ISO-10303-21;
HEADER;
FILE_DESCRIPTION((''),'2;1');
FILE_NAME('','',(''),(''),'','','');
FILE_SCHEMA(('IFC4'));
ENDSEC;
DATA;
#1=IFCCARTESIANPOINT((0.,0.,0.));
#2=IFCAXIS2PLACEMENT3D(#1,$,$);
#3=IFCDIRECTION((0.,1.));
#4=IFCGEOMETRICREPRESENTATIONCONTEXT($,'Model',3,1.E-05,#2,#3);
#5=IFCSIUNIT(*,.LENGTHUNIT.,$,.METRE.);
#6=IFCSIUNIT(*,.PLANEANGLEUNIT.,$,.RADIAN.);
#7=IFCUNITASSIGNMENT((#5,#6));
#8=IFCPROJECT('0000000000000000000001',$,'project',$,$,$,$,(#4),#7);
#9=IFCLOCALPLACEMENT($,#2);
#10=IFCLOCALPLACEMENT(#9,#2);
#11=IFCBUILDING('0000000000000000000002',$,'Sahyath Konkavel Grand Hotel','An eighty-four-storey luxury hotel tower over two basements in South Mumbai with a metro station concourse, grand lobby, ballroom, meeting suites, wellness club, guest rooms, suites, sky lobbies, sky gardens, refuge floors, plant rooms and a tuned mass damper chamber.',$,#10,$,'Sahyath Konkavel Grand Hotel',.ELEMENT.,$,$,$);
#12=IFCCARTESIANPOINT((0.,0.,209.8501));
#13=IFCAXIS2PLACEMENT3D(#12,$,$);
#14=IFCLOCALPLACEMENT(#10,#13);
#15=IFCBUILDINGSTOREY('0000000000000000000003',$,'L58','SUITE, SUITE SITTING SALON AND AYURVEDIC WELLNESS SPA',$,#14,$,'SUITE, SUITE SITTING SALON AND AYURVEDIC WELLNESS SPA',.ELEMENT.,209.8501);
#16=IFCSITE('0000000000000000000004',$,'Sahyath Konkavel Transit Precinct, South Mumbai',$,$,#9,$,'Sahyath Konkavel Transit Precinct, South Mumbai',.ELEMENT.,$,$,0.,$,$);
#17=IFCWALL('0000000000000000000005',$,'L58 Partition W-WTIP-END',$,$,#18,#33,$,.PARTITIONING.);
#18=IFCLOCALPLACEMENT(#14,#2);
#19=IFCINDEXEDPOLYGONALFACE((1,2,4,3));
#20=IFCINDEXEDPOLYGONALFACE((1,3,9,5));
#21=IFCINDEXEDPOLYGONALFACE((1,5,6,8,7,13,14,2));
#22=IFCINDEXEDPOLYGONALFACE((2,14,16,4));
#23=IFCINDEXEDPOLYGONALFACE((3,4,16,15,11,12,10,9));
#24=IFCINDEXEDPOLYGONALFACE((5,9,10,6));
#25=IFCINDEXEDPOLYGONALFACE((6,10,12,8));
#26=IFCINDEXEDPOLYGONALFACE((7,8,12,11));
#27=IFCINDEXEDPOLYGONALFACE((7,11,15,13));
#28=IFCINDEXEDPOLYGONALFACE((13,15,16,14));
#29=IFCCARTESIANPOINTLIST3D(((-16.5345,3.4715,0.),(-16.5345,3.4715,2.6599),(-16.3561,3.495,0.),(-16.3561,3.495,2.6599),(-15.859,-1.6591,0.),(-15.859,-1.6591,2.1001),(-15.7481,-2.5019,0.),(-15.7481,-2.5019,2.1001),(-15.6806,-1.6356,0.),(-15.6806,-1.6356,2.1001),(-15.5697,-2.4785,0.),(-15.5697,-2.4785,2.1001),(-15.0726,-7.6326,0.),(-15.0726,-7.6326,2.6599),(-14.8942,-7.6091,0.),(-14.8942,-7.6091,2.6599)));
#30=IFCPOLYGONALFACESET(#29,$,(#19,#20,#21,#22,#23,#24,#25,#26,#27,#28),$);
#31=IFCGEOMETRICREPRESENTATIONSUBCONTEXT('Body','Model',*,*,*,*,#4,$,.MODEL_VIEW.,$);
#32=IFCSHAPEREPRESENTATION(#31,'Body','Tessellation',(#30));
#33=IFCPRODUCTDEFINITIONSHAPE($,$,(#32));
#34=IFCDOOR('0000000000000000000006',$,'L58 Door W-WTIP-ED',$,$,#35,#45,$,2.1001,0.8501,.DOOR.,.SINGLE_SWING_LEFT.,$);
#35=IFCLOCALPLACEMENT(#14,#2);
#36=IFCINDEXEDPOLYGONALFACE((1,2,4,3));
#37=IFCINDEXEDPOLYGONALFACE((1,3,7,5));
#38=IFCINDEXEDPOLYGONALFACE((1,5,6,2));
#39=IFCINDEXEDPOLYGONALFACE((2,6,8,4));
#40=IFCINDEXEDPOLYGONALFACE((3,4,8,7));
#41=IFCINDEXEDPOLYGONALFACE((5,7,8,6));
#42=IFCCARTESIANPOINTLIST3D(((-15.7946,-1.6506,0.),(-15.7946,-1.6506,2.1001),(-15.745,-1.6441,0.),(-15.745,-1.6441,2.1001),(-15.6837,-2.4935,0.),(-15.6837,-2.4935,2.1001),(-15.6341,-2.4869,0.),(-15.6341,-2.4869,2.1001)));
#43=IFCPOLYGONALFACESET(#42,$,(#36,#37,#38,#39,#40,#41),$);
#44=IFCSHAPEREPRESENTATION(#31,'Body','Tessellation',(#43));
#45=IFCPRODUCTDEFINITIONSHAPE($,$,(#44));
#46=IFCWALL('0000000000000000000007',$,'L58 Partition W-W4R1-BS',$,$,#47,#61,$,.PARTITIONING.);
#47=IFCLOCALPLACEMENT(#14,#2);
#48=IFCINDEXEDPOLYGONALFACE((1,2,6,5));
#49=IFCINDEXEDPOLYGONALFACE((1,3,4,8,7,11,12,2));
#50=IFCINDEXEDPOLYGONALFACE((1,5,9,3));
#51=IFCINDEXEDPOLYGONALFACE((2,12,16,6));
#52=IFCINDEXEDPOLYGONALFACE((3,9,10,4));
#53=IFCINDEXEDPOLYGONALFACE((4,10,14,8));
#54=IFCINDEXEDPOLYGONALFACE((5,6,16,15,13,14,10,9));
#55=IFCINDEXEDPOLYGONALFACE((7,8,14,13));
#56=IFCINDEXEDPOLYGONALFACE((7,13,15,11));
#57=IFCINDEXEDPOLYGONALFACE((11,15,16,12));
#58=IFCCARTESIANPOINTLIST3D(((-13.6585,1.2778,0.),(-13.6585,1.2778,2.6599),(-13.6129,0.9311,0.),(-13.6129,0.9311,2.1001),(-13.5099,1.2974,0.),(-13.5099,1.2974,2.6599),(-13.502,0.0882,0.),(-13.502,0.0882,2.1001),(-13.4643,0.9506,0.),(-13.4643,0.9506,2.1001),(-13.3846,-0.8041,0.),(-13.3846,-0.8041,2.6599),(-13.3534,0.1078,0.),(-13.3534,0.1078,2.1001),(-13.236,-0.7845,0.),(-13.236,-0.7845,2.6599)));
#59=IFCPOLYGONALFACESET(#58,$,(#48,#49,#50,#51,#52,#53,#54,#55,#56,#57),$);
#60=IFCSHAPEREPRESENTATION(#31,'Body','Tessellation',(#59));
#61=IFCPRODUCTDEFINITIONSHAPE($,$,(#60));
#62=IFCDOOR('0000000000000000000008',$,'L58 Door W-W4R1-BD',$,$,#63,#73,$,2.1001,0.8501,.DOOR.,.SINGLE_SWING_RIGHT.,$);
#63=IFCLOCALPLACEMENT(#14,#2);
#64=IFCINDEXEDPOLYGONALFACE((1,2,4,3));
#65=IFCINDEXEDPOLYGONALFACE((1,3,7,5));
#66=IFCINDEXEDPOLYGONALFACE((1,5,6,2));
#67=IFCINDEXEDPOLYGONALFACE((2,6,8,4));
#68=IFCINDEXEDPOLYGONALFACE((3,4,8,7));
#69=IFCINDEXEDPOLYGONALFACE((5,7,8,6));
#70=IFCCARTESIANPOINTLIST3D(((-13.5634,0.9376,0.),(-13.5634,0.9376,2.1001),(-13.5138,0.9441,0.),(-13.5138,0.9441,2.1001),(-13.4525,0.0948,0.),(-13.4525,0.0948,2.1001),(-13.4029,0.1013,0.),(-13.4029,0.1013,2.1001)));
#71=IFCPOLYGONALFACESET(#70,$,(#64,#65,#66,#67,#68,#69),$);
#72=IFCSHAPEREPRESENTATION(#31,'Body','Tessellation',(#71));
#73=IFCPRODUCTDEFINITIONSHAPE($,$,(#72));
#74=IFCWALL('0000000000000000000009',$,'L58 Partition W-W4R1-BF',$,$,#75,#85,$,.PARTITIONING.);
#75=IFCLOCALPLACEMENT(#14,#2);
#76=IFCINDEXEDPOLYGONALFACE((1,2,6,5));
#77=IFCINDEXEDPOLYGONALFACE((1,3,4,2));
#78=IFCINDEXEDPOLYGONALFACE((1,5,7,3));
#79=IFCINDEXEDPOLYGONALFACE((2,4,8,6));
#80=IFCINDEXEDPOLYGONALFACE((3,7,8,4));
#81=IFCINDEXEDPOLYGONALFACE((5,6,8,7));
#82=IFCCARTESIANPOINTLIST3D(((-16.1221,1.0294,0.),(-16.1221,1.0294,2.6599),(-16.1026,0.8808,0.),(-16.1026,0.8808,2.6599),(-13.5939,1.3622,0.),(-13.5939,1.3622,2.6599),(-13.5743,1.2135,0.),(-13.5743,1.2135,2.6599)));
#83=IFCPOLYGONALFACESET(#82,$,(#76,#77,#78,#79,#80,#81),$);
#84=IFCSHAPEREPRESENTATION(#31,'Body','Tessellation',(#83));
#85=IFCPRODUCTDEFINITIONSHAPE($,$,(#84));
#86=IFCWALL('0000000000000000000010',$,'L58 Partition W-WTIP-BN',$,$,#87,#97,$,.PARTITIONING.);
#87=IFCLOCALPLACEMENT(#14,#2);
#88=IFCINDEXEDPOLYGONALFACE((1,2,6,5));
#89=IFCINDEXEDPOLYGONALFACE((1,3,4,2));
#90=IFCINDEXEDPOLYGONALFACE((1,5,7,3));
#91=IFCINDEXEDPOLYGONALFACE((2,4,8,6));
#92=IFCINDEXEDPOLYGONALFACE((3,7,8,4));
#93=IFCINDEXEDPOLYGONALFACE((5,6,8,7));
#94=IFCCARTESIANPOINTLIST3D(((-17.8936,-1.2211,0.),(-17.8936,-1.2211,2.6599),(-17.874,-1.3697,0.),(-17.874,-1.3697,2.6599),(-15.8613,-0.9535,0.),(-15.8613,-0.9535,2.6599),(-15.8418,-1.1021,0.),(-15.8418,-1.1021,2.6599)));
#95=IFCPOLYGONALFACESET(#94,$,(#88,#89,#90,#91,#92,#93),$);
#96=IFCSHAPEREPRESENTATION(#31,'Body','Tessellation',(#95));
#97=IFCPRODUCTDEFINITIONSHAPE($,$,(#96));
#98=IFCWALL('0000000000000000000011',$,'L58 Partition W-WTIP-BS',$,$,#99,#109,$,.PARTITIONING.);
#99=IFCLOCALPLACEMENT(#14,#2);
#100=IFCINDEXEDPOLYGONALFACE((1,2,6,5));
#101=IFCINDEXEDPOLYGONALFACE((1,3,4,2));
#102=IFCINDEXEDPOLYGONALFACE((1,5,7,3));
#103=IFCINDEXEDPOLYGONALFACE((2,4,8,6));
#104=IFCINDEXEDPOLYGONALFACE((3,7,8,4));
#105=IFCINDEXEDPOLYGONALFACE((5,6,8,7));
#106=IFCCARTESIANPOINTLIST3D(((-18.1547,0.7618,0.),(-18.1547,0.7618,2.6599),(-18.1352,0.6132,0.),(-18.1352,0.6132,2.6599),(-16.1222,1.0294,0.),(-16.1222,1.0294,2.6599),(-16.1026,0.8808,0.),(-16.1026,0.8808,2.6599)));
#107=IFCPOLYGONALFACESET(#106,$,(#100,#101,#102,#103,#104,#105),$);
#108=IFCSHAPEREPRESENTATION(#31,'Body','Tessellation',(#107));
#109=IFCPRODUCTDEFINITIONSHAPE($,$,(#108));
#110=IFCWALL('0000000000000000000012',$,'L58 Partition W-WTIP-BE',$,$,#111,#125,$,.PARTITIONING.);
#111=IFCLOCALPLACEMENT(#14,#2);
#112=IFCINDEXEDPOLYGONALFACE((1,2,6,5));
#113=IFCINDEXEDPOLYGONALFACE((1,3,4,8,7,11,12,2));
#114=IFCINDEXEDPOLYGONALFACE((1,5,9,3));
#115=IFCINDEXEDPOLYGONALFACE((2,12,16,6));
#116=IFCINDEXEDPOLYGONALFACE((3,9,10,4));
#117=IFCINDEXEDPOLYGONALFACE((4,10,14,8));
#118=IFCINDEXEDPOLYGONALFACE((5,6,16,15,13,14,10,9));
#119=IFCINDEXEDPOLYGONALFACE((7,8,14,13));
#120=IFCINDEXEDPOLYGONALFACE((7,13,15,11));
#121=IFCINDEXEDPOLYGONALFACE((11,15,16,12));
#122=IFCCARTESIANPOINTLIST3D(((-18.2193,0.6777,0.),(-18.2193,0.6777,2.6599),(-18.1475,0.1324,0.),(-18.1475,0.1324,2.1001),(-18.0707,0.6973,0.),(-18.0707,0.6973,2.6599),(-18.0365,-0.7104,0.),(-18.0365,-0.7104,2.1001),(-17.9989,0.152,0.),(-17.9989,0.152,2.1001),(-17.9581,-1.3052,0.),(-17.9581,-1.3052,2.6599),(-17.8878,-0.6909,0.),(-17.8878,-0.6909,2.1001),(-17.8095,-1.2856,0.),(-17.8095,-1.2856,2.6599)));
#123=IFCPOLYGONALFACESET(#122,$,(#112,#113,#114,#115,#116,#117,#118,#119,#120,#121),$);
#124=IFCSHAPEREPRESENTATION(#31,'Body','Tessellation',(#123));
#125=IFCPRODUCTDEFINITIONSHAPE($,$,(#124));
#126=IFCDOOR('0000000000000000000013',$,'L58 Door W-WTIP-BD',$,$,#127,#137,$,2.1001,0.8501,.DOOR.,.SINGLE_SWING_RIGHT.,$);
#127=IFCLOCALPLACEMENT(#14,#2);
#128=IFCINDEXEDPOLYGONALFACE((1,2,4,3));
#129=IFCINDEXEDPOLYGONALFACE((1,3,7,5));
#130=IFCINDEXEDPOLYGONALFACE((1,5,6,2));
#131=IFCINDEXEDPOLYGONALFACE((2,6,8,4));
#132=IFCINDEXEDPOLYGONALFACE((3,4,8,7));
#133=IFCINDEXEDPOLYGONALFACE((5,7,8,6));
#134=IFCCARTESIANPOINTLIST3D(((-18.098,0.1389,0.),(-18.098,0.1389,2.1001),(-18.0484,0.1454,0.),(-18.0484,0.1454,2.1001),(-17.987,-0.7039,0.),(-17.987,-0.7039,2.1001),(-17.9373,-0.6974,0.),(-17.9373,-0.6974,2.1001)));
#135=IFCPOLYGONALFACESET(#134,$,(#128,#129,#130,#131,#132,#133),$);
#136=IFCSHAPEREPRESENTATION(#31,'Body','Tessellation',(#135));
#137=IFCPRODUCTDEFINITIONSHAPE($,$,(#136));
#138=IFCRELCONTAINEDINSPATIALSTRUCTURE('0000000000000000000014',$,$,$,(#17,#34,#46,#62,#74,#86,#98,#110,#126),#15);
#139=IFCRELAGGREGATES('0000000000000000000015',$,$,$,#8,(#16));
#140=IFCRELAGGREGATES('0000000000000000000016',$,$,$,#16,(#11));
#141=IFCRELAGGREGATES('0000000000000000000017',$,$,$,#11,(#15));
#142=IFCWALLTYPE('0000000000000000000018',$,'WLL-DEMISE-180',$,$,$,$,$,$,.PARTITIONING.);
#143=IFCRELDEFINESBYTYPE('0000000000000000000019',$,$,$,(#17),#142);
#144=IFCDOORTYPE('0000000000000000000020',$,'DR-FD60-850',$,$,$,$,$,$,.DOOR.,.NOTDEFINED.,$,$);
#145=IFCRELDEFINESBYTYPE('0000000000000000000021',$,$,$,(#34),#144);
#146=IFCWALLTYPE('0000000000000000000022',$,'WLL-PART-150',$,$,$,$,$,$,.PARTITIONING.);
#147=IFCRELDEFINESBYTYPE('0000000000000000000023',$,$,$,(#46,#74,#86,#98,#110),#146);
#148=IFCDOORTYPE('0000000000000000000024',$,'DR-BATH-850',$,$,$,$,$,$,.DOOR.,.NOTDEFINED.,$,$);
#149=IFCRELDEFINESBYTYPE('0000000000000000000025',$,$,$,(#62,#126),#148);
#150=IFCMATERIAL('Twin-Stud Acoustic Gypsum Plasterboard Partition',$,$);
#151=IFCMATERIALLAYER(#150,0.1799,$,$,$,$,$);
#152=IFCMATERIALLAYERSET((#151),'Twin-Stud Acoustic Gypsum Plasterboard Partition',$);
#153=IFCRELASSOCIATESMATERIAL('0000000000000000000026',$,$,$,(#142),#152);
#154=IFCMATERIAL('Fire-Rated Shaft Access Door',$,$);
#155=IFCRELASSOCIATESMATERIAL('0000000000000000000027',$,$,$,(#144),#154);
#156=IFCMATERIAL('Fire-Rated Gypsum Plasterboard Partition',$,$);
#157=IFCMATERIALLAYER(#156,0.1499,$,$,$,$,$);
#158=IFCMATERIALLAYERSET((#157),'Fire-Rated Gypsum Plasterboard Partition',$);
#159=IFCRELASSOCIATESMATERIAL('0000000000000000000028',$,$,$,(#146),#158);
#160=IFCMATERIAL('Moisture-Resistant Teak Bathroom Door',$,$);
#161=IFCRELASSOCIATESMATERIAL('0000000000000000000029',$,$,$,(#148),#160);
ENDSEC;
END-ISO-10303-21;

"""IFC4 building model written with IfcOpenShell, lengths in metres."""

from ifc_helpers import new_model, si_unit, direction, frame, frame_2d, origin, origin_2d, place, context, subcontext, project, spatial, rectangle, extrude, source, transform, mapped, material, layer, layer_set, type_object, element, fill, save


model = new_model("IFC4")

# Units and contexts
model_context = context("Model", 3, precision=1e-05, world=origin(), true_north=direction((0.0, 1.0)))
body_context = subcontext(model_context, "Body", "Model", "MODEL_VIEW")
ifc_project = project(units=[si_unit("LENGTHUNIT", "METRE"), si_unit("PLANEANGLEUNIT", "RADIAN")], contexts=[model_context])

# Site, building, storey
site_placement = place(None, origin())
site = spatial("IfcSite", under=ifc_project, at=site_placement, Name="Sahyath Konkavel Transit Precinct, South Mumbai", LongName="Sahyath Konkavel Transit Precinct, South Mumbai", CompositionType="ELEMENT", RefElevation=0.0)
building_placement = place(site_placement, origin())
building = spatial("IfcBuilding", under=site, at=building_placement, Name="Sahyath Konkavel Grand Hotel", Description="An eighty-four-storey luxury hotel tower over two basements in South Mumbai with a metro station concourse, grand lobby, ballroom, meeting suites, wellness club, guest rooms, suites, sky lobbies, sky gardens, refuge floors, plant rooms and a tuned mass damper chamber.", LongName="Sahyath Konkavel Grand Hotel", CompositionType="ELEMENT")
storey_placement = place(building_placement, frame((0.0, 0.0, 209.8501)))
storey = spatial("IfcBuildingStorey", under=building, at=storey_placement, Name="L58", Description="SUITE, SUITE SITTING SALON AND AYURVEDIC WELLNESS SPA", LongName="SUITE, SUITE SITTING SALON AND AYURVEDIC WELLNESS SPA", CompositionType="ELEMENT", Elevation=209.8501)

# Walls, openings, doors
ifc_material_1 = material(Name="Twin-Stud Acoustic Gypsum Plasterboard Partition")
ifc_layer_1 = layer(ifc_material_1, 0.1799)
ifc_layer_set_1 = layer_set([ifc_layer_1], Name="Twin-Stud Acoustic Gypsum Plasterboard Partition")
wall_type_1 = type_object("IfcWallType", Name="WLL-DEMISE-180", PredefinedType="PARTITIONING", material=ifc_layer_set_1)
wall_1_placement = place(storey_placement, frame((-16.4453, 3.4834, 0.0), z_axis=(0.0, 0.0, 1.0), x_axis=(0.130527, -0.991445, 0.0)))
wall_1 = element("IfcWall", 1, at=wall_1_placement, inside=storey, type_object=wall_type_1, Name="L58 Partition W-WTIP-END", PredefinedType="PARTITIONING", context=body_context, shape_type="SweptSolid", body=[
    extrude(rectangle(XDim=11.2, YDim=0.1799, at=frame_2d((5.6001, 0.0))), origin(), (0.0, 0.0, 1.0), 2.6599),
])
opening_1_placement = place(wall_1_placement, frame((5.175, 0.0, 0.0)))
opening_1 = element("IfcOpeningElement", 2, at=opening_1_placement, cuts=wall_1, PredefinedType="OPENING", context=body_context, shape_type="SweptSolid", body=[
    extrude(rectangle(XDim=0.8501, YDim=2.1001, at=frame_2d((0.425, 1.05))), frame((0.0, 0.1001, 0.0), z_axis=(0.0, -1.0, 0.0), x_axis=(1.0, 0.0, 0.0)), (0.0, 0.0, 1.0), 0.2),
])
ifc_material_2 = material(Name="Fire-Rated Shaft Access Door")
door_type_1 = type_object("IfcDoorType", Name="DR-FD60-850", OperationType="NOTDEFINED", PredefinedType="DOOR", material=ifc_material_2)
shared_shape_1 = source(origin(), body_context, "Body", "SweptSolid", [
    extrude(rectangle(XDim=0.8501, YDim=0.05, at=origin_2d()), origin(), (0.0, 0.0, 1.0), 2.1001),
])
door_1_placement = place(opening_1_placement, frame((0.425, 0.0, 0.0)))
door_1 = element("IfcDoor", 3, at=door_1_placement, inside=storey, type_object=door_type_1, Name="L58 Door W-WTIP-ED", OperationType="SINGLE_SWING_LEFT", OverallHeight=2.1001, OverallWidth=0.8501, PredefinedType="DOOR", context=body_context, shape_type="MappedRepresentation", body=[
    mapped(shared_shape_1, transform((0.0, 0.0, 0.0), scale=1.0)),
])
fill(opening_1, door_1)
ifc_material_3 = material(Name="Fire-Rated Gypsum Plasterboard Partition")
ifc_layer_2 = layer(ifc_material_3, 0.1499)
ifc_layer_set_2 = layer_set([ifc_layer_2], Name="Fire-Rated Gypsum Plasterboard Partition")
wall_type_2 = type_object("IfcWallType", Name="WLL-PART-150", PredefinedType="PARTITIONING", material=ifc_layer_set_2)
wall_2_placement = place(storey_placement, frame((-13.3103, -0.7942, 0.0), z_axis=(0.0, 0.0, 1.0), x_axis=(-0.130442, 0.991456, 0.0)))
wall_2 = element("IfcWall", 4, at=wall_2_placement, inside=storey, type_object=wall_type_2, Name="L58 Partition W-W4R1-BS", PredefinedType="PARTITIONING", context=body_context, shape_type="SweptSolid", body=[
    extrude(rectangle(XDim=2.0999, YDim=0.1499, at=frame_2d((1.0498, 0.0))), origin(), (0.0, 0.0, 1.0), 2.6599),
])
opening_2_placement = place(wall_2_placement, frame((0.8999, 0.0, 0.0)))
opening_2 = element("IfcOpeningElement", 5, at=opening_2_placement, cuts=wall_2, PredefinedType="OPENING", context=body_context, shape_type="SweptSolid", body=[
    extrude(rectangle(XDim=0.8501, YDim=2.1001, at=frame_2d((0.425, 1.05))), frame((0.0, 0.085, 0.0), z_axis=(0.0, -1.0, 0.0), x_axis=(1.0, 0.0, 0.0)), (0.0, 0.0, 1.0), 0.1699),
])
ifc_material_4 = material(Name="Moisture-Resistant Teak Bathroom Door")
door_type_2 = type_object("IfcDoorType", Name="DR-BATH-850", OperationType="NOTDEFINED", PredefinedType="DOOR", material=ifc_material_4)
door_2_placement = place(opening_2_placement, frame((0.425, 0.0, 0.0)))
door_2 = element("IfcDoor", 6, at=door_2_placement, inside=storey, type_object=door_type_2, Name="L58 Door W-W4R1-BD", OperationType="SINGLE_SWING_RIGHT", OverallHeight=2.1001, OverallWidth=0.8501, PredefinedType="DOOR", context=body_context, shape_type="MappedRepresentation", body=[
    mapped(shared_shape_1, transform((0.0, 0.0, 0.0), scale=1.0)),
])
fill(opening_2, door_2)

# Walls
wall_3_placement = place(storey_placement, frame((-13.5842, 1.2878, 0.0), z_axis=(0.0, 0.0, 1.0), x_axis=(-0.99145, -0.130489, 0.0)))
element("IfcWall", 7, at=wall_3_placement, inside=storey, type_object=wall_type_2, Name="L58 Partition W-W4R1-BF", PredefinedType="PARTITIONING", context=body_context, shape_type="SweptSolid", body=[
    extrude(rectangle(XDim=2.55, YDim=0.1499, at=frame_2d((1.2749, 0.0))), origin(), (0.0, 0.0, 1.0), 2.6599),
])
wall_4_placement = place(storey_placement, frame((-15.8516, -1.0278, 0.0), z_axis=(0.0, 0.0, 1.0), x_axis=(-0.991443, -0.130541, 0.0)))
element("IfcWall", 8, at=wall_4_placement, inside=storey, type_object=wall_type_2, Name="L58 Partition W-WTIP-BN", PredefinedType="PARTITIONING", context=body_context, shape_type="SweptSolid", body=[
    extrude(rectangle(XDim=2.0498, YDim=0.1499, at=frame_2d((1.0249, 0.0))), origin(), (0.0, 0.0, 1.0), 2.6599),
])
wall_5_placement = place(storey_placement, frame((-16.1125, 0.9551, 0.0), z_axis=(0.0, 0.0, 1.0), x_axis=(-0.991445, -0.130525, 0.0)))
element("IfcWall", 9, at=wall_5_placement, inside=storey, type_object=wall_type_2, Name="L58 Partition W-WTIP-BS", PredefinedType="PARTITIONING", context=body_context, shape_type="SweptSolid", body=[
    extrude(rectangle(XDim=2.05, YDim=0.1499, at=frame_2d((1.0249, 0.0))), origin(), (0.0, 0.0, 1.0), 2.6599),
])

# Wall, opening, door
wall_6_placement = place(storey_placement, frame((-18.145, 0.6875, 0.0), z_axis=(0.0, 0.0, 1.0), x_axis=(0.130612, -0.991434, 0.0)))
wall_6 = element("IfcWall", 10, at=wall_6_placement, inside=storey, type_object=wall_type_2, Name="L58 Partition W-WTIP-BE", PredefinedType="PARTITIONING", context=body_context, shape_type="SweptSolid", body=[
    extrude(rectangle(XDim=2.0, YDim=0.1499, at=frame_2d((1.0, 0.0))), origin(), (0.0, 0.0, 1.0), 2.6599),
])
opening_3_placement = place(wall_6_placement, frame((0.55, 0.0, 0.0)))
opening_3 = element("IfcOpeningElement", 11, at=opening_3_placement, cuts=wall_6, PredefinedType="OPENING", context=body_context, shape_type="SweptSolid", body=[
    extrude(rectangle(XDim=0.8501, YDim=2.1001, at=frame_2d((0.425, 1.05))), frame((0.0, 0.085, 0.0), z_axis=(0.0, -1.0, 0.0), x_axis=(1.0, 0.0, 0.0)), (0.0, 0.0, 1.0), 0.1699),
])
door_3_placement = place(opening_3_placement, frame((0.425, 0.0, 0.0)))
door_3 = element("IfcDoor", 12, at=door_3_placement, inside=storey, type_object=door_type_2, Name="L58 Door W-WTIP-BD", OperationType="SINGLE_SWING_RIGHT", OverallHeight=2.1001, OverallWidth=0.8501, PredefinedType="DOOR", context=body_context, shape_type="MappedRepresentation", body=[
    mapped(shared_shape_1, transform((0.0, 0.0, 0.0), scale=1.0)),
])
fill(opening_3, door_3)

save(model, "model.ifc")
